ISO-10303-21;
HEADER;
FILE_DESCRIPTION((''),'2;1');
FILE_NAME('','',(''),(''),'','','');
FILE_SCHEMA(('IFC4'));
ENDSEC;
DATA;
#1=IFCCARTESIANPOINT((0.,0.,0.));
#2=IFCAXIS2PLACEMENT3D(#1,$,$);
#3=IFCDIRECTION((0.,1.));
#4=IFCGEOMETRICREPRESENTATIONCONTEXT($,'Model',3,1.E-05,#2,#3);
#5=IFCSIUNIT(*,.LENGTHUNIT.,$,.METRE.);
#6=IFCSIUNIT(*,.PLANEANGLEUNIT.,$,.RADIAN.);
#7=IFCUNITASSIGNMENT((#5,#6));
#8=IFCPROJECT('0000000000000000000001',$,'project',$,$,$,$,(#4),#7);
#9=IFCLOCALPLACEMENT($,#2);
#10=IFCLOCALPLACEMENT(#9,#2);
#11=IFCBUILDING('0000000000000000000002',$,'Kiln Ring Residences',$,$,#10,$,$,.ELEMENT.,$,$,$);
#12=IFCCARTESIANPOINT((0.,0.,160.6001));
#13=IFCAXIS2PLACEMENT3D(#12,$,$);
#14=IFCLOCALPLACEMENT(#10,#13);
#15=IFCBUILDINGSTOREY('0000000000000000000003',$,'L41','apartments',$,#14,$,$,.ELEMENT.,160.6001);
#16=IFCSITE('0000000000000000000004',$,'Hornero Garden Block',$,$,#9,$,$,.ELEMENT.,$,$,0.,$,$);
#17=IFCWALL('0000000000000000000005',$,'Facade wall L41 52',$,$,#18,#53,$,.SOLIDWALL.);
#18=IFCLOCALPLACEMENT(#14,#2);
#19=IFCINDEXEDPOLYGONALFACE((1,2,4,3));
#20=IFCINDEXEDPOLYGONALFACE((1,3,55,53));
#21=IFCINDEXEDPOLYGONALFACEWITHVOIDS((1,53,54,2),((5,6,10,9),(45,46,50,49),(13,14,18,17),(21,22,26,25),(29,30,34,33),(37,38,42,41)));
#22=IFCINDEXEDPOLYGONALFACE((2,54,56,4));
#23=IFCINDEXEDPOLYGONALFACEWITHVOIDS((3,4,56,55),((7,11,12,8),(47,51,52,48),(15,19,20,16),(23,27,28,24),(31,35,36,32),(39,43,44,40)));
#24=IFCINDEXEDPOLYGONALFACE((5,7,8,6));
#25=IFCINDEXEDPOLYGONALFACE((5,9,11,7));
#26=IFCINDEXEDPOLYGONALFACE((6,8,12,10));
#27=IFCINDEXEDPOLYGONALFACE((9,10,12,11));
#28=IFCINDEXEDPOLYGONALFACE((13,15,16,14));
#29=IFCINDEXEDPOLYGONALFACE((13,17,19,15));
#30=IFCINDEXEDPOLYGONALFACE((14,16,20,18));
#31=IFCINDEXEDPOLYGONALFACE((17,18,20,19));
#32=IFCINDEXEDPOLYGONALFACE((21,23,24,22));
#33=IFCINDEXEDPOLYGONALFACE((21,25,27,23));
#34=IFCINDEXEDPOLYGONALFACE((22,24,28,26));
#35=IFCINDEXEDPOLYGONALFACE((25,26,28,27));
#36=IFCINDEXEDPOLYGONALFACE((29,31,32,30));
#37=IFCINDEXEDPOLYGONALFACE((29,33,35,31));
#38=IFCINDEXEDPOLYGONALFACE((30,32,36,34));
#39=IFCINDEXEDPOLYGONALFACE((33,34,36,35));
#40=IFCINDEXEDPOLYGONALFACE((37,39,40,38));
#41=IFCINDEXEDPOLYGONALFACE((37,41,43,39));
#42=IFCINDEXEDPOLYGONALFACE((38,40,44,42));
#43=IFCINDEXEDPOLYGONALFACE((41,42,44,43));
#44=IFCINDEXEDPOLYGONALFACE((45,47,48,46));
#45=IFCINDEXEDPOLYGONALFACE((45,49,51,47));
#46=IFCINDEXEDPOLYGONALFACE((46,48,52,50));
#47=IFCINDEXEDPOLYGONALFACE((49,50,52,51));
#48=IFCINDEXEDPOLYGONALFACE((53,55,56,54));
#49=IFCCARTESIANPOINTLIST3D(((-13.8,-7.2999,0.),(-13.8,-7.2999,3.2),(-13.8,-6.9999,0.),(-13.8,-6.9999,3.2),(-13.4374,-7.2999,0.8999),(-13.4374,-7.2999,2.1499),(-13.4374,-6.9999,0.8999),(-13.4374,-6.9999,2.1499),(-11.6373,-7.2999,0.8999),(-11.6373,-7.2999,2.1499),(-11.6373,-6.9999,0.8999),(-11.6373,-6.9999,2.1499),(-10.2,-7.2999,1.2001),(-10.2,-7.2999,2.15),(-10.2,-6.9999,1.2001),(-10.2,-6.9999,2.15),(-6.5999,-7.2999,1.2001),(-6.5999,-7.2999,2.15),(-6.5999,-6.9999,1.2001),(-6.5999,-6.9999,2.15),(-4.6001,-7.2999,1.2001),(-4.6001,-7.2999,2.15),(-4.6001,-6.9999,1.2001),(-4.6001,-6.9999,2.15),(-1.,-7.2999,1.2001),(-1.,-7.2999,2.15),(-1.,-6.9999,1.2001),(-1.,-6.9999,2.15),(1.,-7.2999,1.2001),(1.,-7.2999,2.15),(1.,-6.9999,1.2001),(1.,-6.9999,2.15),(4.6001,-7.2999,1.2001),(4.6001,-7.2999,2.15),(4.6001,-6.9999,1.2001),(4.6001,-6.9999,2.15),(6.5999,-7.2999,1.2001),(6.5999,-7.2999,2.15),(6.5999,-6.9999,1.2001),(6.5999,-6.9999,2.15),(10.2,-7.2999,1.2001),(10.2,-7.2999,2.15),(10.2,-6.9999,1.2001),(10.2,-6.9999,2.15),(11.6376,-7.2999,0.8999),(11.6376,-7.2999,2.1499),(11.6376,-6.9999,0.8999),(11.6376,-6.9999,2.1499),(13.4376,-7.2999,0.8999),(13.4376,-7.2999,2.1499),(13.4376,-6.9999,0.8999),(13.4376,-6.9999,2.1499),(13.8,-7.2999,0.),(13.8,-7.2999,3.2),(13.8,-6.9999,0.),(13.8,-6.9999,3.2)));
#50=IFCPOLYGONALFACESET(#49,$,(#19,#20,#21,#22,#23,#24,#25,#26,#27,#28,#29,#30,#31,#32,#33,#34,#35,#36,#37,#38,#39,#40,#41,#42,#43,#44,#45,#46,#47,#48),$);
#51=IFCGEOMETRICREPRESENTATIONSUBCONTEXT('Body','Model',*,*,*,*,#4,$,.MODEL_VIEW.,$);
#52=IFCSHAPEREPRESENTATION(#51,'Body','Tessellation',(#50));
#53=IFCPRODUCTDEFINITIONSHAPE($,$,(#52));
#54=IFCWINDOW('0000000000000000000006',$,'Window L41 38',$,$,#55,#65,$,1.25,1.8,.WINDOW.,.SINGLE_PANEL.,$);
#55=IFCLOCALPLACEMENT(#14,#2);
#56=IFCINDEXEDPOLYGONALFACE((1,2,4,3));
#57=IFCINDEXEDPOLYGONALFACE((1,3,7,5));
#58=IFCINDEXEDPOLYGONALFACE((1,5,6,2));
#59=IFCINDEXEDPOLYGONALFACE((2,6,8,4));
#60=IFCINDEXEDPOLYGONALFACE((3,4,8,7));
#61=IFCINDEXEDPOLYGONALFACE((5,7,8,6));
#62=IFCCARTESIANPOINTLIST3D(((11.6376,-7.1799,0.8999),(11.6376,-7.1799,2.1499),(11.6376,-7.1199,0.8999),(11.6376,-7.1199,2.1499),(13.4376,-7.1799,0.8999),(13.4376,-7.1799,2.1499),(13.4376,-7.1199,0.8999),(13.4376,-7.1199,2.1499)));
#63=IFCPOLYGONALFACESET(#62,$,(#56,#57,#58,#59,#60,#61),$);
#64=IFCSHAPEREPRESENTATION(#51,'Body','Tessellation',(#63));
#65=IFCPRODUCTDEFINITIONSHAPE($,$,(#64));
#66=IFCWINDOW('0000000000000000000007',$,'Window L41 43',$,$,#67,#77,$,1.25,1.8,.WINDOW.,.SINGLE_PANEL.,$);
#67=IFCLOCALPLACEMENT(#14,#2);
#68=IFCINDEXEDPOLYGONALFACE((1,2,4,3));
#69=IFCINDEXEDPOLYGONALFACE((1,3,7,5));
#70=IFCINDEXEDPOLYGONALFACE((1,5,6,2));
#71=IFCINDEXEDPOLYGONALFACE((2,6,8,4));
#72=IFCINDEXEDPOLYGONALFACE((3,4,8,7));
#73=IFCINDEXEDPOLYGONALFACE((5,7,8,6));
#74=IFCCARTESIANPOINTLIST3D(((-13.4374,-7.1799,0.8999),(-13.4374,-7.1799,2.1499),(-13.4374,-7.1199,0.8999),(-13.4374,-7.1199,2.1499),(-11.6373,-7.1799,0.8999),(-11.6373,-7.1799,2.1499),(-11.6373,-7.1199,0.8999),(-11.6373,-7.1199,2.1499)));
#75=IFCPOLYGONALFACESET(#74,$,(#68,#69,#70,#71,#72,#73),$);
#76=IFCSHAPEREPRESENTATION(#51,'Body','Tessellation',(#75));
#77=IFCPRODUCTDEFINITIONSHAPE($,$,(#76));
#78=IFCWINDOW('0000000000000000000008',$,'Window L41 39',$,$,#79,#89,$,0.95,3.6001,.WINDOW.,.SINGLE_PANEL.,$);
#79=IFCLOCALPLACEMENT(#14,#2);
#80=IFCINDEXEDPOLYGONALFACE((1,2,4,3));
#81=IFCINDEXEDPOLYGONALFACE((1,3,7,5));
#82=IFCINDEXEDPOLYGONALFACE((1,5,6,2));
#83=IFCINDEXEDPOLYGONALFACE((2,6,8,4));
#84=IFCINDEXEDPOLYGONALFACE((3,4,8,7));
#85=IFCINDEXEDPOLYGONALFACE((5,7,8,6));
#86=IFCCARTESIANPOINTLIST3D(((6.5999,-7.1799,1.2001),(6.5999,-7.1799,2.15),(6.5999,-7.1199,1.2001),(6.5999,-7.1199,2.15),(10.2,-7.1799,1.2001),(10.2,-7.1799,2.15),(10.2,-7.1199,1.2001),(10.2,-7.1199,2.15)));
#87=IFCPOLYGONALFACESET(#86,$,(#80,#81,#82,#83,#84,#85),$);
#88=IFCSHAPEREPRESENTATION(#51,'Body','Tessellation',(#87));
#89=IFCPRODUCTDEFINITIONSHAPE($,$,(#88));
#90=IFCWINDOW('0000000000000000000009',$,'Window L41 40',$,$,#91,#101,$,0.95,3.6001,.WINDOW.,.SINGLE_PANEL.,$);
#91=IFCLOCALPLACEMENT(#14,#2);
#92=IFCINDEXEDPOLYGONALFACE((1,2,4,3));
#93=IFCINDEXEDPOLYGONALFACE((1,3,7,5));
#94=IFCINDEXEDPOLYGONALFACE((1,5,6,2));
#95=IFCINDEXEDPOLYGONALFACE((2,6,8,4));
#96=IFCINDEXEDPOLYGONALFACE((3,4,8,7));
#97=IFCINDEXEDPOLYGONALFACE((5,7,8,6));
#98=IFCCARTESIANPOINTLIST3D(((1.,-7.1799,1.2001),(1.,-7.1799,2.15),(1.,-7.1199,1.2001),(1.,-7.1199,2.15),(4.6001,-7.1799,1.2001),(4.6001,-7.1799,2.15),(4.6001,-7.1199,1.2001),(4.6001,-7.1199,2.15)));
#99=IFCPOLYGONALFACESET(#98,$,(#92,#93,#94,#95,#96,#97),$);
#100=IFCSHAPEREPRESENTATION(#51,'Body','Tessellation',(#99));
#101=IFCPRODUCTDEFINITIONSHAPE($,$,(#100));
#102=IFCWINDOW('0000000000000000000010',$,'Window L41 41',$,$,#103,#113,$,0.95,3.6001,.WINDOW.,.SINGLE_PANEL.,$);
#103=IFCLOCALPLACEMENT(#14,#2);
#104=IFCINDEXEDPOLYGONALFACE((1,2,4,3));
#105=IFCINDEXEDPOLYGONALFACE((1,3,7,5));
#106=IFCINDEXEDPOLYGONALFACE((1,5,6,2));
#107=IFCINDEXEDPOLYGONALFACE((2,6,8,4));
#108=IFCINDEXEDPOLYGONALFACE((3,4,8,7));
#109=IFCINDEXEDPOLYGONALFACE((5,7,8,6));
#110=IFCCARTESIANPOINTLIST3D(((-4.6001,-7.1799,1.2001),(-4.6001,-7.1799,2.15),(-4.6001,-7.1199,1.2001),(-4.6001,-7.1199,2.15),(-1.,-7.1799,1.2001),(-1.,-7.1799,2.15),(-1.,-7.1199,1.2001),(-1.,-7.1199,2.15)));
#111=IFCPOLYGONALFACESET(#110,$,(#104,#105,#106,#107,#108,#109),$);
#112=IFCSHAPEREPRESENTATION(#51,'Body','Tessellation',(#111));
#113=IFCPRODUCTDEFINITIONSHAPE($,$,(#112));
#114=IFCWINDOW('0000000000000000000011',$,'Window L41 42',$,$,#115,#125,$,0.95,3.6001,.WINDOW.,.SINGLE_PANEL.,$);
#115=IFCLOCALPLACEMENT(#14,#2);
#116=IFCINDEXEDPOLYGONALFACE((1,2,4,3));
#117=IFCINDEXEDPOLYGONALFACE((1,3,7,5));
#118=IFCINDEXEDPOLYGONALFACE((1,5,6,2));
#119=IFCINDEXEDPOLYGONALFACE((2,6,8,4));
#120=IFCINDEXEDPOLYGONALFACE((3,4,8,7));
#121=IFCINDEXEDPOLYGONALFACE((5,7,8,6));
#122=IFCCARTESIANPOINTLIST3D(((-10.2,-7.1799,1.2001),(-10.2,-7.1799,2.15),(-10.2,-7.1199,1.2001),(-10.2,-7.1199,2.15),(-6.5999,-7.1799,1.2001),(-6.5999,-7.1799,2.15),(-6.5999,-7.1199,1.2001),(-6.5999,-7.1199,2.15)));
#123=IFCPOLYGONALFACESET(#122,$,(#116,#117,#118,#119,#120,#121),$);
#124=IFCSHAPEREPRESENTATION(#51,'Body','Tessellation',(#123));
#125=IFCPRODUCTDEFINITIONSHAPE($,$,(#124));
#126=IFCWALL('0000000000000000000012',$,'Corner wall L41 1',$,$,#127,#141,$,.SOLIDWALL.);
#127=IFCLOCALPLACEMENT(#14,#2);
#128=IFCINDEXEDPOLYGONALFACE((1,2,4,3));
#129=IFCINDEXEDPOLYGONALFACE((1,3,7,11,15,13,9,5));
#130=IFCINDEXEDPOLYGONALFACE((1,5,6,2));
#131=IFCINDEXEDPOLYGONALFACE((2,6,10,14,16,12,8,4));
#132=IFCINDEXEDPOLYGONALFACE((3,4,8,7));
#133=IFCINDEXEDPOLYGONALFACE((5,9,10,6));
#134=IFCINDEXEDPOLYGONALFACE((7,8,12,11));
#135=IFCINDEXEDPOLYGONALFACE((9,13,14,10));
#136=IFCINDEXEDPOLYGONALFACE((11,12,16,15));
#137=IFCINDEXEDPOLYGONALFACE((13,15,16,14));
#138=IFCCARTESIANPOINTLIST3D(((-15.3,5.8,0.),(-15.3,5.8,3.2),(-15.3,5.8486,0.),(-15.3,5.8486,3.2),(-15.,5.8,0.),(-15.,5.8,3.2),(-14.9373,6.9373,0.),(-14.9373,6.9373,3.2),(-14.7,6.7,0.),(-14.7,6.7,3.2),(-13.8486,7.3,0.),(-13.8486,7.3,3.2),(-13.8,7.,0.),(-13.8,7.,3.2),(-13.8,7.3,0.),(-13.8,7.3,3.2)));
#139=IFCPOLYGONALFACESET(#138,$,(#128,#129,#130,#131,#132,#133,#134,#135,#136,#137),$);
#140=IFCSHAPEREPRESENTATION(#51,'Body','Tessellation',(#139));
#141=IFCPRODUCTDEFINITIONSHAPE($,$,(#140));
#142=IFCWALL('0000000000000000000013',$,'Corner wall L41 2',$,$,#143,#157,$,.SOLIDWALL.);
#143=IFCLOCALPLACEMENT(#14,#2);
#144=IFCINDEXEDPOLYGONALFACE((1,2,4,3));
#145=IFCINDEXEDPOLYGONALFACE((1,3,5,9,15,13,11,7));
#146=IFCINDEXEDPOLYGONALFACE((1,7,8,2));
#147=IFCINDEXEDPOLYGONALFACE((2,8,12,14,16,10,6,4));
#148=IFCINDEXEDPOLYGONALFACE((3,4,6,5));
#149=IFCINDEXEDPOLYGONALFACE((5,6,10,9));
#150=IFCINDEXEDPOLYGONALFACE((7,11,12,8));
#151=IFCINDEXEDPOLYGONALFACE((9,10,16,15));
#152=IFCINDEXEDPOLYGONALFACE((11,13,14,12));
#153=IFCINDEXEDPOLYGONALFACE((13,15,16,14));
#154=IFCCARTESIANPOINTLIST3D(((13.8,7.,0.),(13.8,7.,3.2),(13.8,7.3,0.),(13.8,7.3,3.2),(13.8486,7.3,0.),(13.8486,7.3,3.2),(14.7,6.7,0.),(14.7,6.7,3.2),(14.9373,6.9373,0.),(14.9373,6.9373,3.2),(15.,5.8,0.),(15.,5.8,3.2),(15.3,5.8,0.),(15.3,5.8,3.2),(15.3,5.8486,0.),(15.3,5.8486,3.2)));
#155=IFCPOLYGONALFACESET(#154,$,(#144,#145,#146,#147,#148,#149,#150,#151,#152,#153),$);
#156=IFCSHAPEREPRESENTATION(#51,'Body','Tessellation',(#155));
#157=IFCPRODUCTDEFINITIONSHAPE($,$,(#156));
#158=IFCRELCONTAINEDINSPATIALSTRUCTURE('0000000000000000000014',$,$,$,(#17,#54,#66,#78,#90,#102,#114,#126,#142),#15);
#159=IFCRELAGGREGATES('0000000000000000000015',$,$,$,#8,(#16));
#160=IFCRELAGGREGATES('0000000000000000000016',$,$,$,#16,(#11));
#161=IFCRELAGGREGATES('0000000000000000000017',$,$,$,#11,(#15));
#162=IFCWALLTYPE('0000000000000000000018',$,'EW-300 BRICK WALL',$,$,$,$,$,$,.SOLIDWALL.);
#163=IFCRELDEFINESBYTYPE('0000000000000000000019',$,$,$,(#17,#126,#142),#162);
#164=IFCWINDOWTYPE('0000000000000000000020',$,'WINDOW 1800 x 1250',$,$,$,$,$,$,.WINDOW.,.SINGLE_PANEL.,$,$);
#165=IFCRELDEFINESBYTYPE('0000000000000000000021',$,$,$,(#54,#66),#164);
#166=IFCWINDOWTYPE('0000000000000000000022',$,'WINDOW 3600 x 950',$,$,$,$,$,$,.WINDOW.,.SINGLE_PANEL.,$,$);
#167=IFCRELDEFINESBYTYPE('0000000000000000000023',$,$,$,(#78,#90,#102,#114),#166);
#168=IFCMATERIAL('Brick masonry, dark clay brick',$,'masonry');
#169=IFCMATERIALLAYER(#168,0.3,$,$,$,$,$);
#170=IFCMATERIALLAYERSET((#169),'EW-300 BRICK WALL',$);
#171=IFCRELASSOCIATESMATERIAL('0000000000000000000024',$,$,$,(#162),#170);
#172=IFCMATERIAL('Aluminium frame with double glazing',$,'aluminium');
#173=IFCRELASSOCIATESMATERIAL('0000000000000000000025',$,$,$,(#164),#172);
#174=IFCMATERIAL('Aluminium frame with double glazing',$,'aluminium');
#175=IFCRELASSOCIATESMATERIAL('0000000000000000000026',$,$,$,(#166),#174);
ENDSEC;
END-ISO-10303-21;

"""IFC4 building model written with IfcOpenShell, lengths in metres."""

from ifc_helpers import new_model, si_unit, direction, frame, frame_2d, origin, place, context, subcontext, project, spatial, polyline, rectangle, outline, extrude, material, layer, layer_set, type_object, element, fill, save


model = new_model("IFC4")

# Units and contexts
model_context = context("Model", 3, precision=1e-05, world=origin(), true_north=direction((0.0, 1.0)))
body_context = subcontext(model_context, "Body", "Model", "MODEL_VIEW")
ifc_project = project(units=[si_unit("LENGTHUNIT", "METRE"), si_unit("PLANEANGLEUNIT", "RADIAN")], contexts=[model_context])

# Site, building, storey
site_placement = place(None, origin())
site = spatial("IfcSite", under=ifc_project, at=site_placement, Name="Hornero Garden Block", CompositionType="ELEMENT", RefElevation=0.0)
building_placement = place(site_placement, origin())
building = spatial("IfcBuilding", under=site, at=building_placement, Name="Kiln Ring Residences", CompositionType="ELEMENT")
storey_placement = place(building_placement, frame((0.0, 0.0, 160.6001)))
storey = spatial("IfcBuildingStorey", under=building, at=storey_placement, Name="L41", Description="apartments", CompositionType="ELEMENT", Elevation=160.6001)

# Wall, openings, windows
ifc_material_1 = material(Name="Brick masonry, dark clay brick", Category="masonry")
ifc_layer_1 = layer(ifc_material_1, 0.3)
ifc_layer_set_1 = layer_set([ifc_layer_1], Name="EW-300 BRICK WALL")
wall_type_1 = type_object("IfcWallType", Name="EW-300 BRICK WALL", PredefinedType="SOLIDWALL", material=ifc_layer_set_1)
wall_1_placement = place(storey_placement, frame((13.8, -7.1499, 0.0), z_axis=(0.0, 0.0, 1.0), x_axis=(-1.0, 0.0, 0.0)))
wall_1 = element("IfcWall", 1, at=wall_1_placement, inside=storey, type_object=wall_type_1, Name="Facade wall L41 52", PredefinedType="SOLIDWALL", context=body_context, shape_type="SweptSolid", body=[
    extrude(rectangle(XDim=27.6001, YDim=0.3, at=frame_2d((13.8, 0.0))), origin(), (0.0, 0.0, 1.0), 3.2),
])
opening_1_placement = place(wall_1_placement, frame((0.3625, 0.0, 0.8999)))
opening_1 = element("IfcOpeningElement", 2, at=opening_1_placement, cuts=wall_1, PredefinedType="OPENING", context=body_context, shape_type="SweptSolid", body=[
    extrude(rectangle(XDim=1.8, YDim=1.25, at=frame_2d((0.8999, 0.625))), frame((0.0, 0.1599, 0.0), z_axis=(0.0, -1.0, 0.0), x_axis=(1.0, 0.0, 0.0)), (0.0, 0.0, 1.0), 0.3201),
])
opening_2_placement = place(wall_1_placement, frame((3.6001, 0.0, 1.2)))
opening_2 = element("IfcOpeningElement", 3, at=opening_2_placement, cuts=wall_1, PredefinedType="OPENING", context=body_context, shape_type="SweptSolid", body=[
    extrude(rectangle(XDim=3.6001, YDim=0.95, at=frame_2d((1.8, 0.4751))), frame((0.0, 0.1599, 0.0), z_axis=(0.0, -1.0, 0.0), x_axis=(1.0, 0.0, 0.0)), (0.0, 0.0, 1.0), 0.3201),
])
opening_3_placement = place(wall_1_placement, frame((9.2, 0.0, 1.2)))
opening_3 = element("IfcOpeningElement", 4, at=opening_3_placement, cuts=wall_1, PredefinedType="OPENING", context=body_context, shape_type="SweptSolid", body=[
    extrude(rectangle(XDim=3.6001, YDim=0.95, at=frame_2d((1.8, 0.4751))), frame((0.0, 0.1599, 0.0), z_axis=(0.0, -1.0, 0.0), x_axis=(1.0, 0.0, 0.0)), (0.0, 0.0, 1.0), 0.3201),
])
opening_4_placement = place(wall_1_placement, frame((14.8, 0.0, 1.2)))
opening_4 = element("IfcOpeningElement", 5, at=opening_4_placement, cuts=wall_1, PredefinedType="OPENING", context=body_context, shape_type="SweptSolid", body=[
    extrude(rectangle(XDim=3.6001, YDim=0.95, at=frame_2d((1.8, 0.4751))), frame((0.0, 0.1599, 0.0), z_axis=(0.0, -1.0, 0.0), x_axis=(1.0, 0.0, 0.0)), (0.0, 0.0, 1.0), 0.3201),
])
opening_5_placement = place(wall_1_placement, frame((20.3999, 0.0, 1.2)))
opening_5 = element("IfcOpeningElement", 6, at=opening_5_placement, cuts=wall_1, PredefinedType="OPENING", context=body_context, shape_type="SweptSolid", body=[
    extrude(rectangle(XDim=3.6001, YDim=0.95, at=frame_2d((1.8, 0.4751))), frame((0.0, 0.1599, 0.0), z_axis=(0.0, -1.0, 0.0), x_axis=(1.0, 0.0, 0.0)), (0.0, 0.0, 1.0), 0.3201),
])
opening_6_placement = place(wall_1_placement, frame((25.4375, 0.0, 0.8999)))
opening_6 = element("IfcOpeningElement", 7, at=opening_6_placement, cuts=wall_1, PredefinedType="OPENING", context=body_context, shape_type="SweptSolid", body=[
    extrude(rectangle(XDim=1.8, YDim=1.25, at=frame_2d((0.8999, 0.625))), frame((0.0, 0.1599, 0.0), z_axis=(0.0, -1.0, 0.0), x_axis=(1.0, 0.0, 0.0)), (0.0, 0.0, 1.0), 0.3201),
])
ifc_material_2 = material(Name="Aluminium frame with double glazing", Category="aluminium")
window_type_1 = type_object("IfcWindowType", Name="WINDOW 1800 x 1250", PartitioningType="SINGLE_PANEL", PredefinedType="WINDOW", material=ifc_material_2)
window_1_placement = place(opening_1_placement, origin())
window_1 = element("IfcWindow", 8, at=window_1_placement, inside=storey, type_object=window_type_1, Name="Window L41 38", OverallHeight=1.25, OverallWidth=1.8, PartitioningType="SINGLE_PANEL", PredefinedType="WINDOW", context=body_context, shape_type="SweptSolid", body=[
    extrude(rectangle(XDim=1.8, YDim=1.25, at=frame_2d((0.8999, 0.625))), frame((0.0, 0.03, 0.0), z_axis=(0.0, -1.0, 0.0), x_axis=(1.0, 0.0, 0.0)), (0.0, 0.0, 1.0), 0.0601),
])
fill(opening_1, window_1)
window_2_placement = place(opening_6_placement, origin())
window_2 = element("IfcWindow", 9, at=window_2_placement, inside=storey, type_object=window_type_1, Name="Window L41 43", OverallHeight=1.25, OverallWidth=1.8, PartitioningType="SINGLE_PANEL", PredefinedType="WINDOW", context=body_context, shape_type="SweptSolid", body=[
    extrude(rectangle(XDim=1.8, YDim=1.25, at=frame_2d((0.8999, 0.625))), frame((0.0, 0.03, 0.0), z_axis=(0.0, -1.0, 0.0), x_axis=(1.0, 0.0, 0.0)), (0.0, 0.0, 1.0), 0.0601),
])
fill(opening_6, window_2)
ifc_material_3 = material(Name="Aluminium frame with double glazing", Category="aluminium")
window_type_2 = type_object("IfcWindowType", Name="WINDOW 3600 x 950", PartitioningType="SINGLE_PANEL", PredefinedType="WINDOW", material=ifc_material_3)
window_3_placement = place(opening_2_placement, origin())
window_3 = element("IfcWindow", 10, at=window_3_placement, inside=storey, type_object=window_type_2, Name="Window L41 39", OverallHeight=0.95, OverallWidth=3.6001, PartitioningType="SINGLE_PANEL", PredefinedType="WINDOW", context=body_context, shape_type="SweptSolid", body=[
    extrude(rectangle(XDim=3.6001, YDim=0.95, at=frame_2d((1.8, 0.4751))), frame((0.0, 0.03, 0.0), z_axis=(0.0, -1.0, 0.0), x_axis=(1.0, 0.0, 0.0)), (0.0, 0.0, 1.0), 0.0601),
])
fill(opening_2, window_3)
window_4_placement = place(opening_3_placement, origin())
window_4 = element("IfcWindow", 11, at=window_4_placement, inside=storey, type_object=window_type_2, Name="Window L41 40", OverallHeight=0.95, OverallWidth=3.6001, PartitioningType="SINGLE_PANEL", PredefinedType="WINDOW", context=body_context, shape_type="SweptSolid", body=[
    extrude(rectangle(XDim=3.6001, YDim=0.95, at=frame_2d((1.8, 0.4751))), frame((0.0, 0.03, 0.0), z_axis=(0.0, -1.0, 0.0), x_axis=(1.0, 0.0, 0.0)), (0.0, 0.0, 1.0), 0.0601),
])
fill(opening_3, window_4)
window_5_placement = place(opening_4_placement, origin())
window_5 = element("IfcWindow", 12, at=window_5_placement, inside=storey, type_object=window_type_2, Name="Window L41 41", OverallHeight=0.95, OverallWidth=3.6001, PartitioningType="SINGLE_PANEL", PredefinedType="WINDOW", context=body_context, shape_type="SweptSolid", body=[
    extrude(rectangle(XDim=3.6001, YDim=0.95, at=frame_2d((1.8, 0.4751))), frame((0.0, 0.03, 0.0), z_axis=(0.0, -1.0, 0.0), x_axis=(1.0, 0.0, 0.0)), (0.0, 0.0, 1.0), 0.0601),
])
fill(opening_4, window_5)
window_6_placement = place(opening_5_placement, origin())
window_6 = element("IfcWindow", 13, at=window_6_placement, inside=storey, type_object=window_type_2, Name="Window L41 42", OverallHeight=0.95, OverallWidth=3.6001, PartitioningType="SINGLE_PANEL", PredefinedType="WINDOW", context=body_context, shape_type="SweptSolid", body=[
    extrude(rectangle(XDim=3.6001, YDim=0.95, at=frame_2d((1.8, 0.4751))), frame((0.0, 0.03, 0.0), z_axis=(0.0, -1.0, 0.0), x_axis=(1.0, 0.0, 0.0)), (0.0, 0.0, 1.0), 0.0601),
])
fill(opening_5, window_6)

# Walls
placement = place(storey_placement, origin())
element("IfcWall", 14, at=placement, inside=storey, type_object=wall_type_1, Name="Corner wall L41 1", PredefinedType="SOLIDWALL", context=body_context, shape_type="SweptSolid", body=[
    extrude(outline(polyline([(-13.8486, 7.3), (-14.9373, 6.9373), (-15.3, 5.8486), (-15.3, 5.8), (-15.0, 5.8), (-14.7, 6.7), (-13.8, 7.0), (-13.8, 7.3), (-13.8486, 7.3)])), origin(), (0.0, 0.0, 1.0), 3.2),
])
element("IfcWall", 15, at=placement, inside=storey, type_object=wall_type_1, Name="Corner wall L41 2", PredefinedType="SOLIDWALL", context=body_context, shape_type="SweptSolid", body=[
    extrude(outline(polyline([(14.9373, 6.9373), (13.8486, 7.3), (13.8, 7.3), (13.8, 7.0), (14.7, 6.7), (15.0, 5.8), (15.3, 5.8), (15.3, 5.8486), (14.9373, 6.9373)])), origin(), (0.0, 0.0, 1.0), 3.2),
])

save(model, "model.ifc")
